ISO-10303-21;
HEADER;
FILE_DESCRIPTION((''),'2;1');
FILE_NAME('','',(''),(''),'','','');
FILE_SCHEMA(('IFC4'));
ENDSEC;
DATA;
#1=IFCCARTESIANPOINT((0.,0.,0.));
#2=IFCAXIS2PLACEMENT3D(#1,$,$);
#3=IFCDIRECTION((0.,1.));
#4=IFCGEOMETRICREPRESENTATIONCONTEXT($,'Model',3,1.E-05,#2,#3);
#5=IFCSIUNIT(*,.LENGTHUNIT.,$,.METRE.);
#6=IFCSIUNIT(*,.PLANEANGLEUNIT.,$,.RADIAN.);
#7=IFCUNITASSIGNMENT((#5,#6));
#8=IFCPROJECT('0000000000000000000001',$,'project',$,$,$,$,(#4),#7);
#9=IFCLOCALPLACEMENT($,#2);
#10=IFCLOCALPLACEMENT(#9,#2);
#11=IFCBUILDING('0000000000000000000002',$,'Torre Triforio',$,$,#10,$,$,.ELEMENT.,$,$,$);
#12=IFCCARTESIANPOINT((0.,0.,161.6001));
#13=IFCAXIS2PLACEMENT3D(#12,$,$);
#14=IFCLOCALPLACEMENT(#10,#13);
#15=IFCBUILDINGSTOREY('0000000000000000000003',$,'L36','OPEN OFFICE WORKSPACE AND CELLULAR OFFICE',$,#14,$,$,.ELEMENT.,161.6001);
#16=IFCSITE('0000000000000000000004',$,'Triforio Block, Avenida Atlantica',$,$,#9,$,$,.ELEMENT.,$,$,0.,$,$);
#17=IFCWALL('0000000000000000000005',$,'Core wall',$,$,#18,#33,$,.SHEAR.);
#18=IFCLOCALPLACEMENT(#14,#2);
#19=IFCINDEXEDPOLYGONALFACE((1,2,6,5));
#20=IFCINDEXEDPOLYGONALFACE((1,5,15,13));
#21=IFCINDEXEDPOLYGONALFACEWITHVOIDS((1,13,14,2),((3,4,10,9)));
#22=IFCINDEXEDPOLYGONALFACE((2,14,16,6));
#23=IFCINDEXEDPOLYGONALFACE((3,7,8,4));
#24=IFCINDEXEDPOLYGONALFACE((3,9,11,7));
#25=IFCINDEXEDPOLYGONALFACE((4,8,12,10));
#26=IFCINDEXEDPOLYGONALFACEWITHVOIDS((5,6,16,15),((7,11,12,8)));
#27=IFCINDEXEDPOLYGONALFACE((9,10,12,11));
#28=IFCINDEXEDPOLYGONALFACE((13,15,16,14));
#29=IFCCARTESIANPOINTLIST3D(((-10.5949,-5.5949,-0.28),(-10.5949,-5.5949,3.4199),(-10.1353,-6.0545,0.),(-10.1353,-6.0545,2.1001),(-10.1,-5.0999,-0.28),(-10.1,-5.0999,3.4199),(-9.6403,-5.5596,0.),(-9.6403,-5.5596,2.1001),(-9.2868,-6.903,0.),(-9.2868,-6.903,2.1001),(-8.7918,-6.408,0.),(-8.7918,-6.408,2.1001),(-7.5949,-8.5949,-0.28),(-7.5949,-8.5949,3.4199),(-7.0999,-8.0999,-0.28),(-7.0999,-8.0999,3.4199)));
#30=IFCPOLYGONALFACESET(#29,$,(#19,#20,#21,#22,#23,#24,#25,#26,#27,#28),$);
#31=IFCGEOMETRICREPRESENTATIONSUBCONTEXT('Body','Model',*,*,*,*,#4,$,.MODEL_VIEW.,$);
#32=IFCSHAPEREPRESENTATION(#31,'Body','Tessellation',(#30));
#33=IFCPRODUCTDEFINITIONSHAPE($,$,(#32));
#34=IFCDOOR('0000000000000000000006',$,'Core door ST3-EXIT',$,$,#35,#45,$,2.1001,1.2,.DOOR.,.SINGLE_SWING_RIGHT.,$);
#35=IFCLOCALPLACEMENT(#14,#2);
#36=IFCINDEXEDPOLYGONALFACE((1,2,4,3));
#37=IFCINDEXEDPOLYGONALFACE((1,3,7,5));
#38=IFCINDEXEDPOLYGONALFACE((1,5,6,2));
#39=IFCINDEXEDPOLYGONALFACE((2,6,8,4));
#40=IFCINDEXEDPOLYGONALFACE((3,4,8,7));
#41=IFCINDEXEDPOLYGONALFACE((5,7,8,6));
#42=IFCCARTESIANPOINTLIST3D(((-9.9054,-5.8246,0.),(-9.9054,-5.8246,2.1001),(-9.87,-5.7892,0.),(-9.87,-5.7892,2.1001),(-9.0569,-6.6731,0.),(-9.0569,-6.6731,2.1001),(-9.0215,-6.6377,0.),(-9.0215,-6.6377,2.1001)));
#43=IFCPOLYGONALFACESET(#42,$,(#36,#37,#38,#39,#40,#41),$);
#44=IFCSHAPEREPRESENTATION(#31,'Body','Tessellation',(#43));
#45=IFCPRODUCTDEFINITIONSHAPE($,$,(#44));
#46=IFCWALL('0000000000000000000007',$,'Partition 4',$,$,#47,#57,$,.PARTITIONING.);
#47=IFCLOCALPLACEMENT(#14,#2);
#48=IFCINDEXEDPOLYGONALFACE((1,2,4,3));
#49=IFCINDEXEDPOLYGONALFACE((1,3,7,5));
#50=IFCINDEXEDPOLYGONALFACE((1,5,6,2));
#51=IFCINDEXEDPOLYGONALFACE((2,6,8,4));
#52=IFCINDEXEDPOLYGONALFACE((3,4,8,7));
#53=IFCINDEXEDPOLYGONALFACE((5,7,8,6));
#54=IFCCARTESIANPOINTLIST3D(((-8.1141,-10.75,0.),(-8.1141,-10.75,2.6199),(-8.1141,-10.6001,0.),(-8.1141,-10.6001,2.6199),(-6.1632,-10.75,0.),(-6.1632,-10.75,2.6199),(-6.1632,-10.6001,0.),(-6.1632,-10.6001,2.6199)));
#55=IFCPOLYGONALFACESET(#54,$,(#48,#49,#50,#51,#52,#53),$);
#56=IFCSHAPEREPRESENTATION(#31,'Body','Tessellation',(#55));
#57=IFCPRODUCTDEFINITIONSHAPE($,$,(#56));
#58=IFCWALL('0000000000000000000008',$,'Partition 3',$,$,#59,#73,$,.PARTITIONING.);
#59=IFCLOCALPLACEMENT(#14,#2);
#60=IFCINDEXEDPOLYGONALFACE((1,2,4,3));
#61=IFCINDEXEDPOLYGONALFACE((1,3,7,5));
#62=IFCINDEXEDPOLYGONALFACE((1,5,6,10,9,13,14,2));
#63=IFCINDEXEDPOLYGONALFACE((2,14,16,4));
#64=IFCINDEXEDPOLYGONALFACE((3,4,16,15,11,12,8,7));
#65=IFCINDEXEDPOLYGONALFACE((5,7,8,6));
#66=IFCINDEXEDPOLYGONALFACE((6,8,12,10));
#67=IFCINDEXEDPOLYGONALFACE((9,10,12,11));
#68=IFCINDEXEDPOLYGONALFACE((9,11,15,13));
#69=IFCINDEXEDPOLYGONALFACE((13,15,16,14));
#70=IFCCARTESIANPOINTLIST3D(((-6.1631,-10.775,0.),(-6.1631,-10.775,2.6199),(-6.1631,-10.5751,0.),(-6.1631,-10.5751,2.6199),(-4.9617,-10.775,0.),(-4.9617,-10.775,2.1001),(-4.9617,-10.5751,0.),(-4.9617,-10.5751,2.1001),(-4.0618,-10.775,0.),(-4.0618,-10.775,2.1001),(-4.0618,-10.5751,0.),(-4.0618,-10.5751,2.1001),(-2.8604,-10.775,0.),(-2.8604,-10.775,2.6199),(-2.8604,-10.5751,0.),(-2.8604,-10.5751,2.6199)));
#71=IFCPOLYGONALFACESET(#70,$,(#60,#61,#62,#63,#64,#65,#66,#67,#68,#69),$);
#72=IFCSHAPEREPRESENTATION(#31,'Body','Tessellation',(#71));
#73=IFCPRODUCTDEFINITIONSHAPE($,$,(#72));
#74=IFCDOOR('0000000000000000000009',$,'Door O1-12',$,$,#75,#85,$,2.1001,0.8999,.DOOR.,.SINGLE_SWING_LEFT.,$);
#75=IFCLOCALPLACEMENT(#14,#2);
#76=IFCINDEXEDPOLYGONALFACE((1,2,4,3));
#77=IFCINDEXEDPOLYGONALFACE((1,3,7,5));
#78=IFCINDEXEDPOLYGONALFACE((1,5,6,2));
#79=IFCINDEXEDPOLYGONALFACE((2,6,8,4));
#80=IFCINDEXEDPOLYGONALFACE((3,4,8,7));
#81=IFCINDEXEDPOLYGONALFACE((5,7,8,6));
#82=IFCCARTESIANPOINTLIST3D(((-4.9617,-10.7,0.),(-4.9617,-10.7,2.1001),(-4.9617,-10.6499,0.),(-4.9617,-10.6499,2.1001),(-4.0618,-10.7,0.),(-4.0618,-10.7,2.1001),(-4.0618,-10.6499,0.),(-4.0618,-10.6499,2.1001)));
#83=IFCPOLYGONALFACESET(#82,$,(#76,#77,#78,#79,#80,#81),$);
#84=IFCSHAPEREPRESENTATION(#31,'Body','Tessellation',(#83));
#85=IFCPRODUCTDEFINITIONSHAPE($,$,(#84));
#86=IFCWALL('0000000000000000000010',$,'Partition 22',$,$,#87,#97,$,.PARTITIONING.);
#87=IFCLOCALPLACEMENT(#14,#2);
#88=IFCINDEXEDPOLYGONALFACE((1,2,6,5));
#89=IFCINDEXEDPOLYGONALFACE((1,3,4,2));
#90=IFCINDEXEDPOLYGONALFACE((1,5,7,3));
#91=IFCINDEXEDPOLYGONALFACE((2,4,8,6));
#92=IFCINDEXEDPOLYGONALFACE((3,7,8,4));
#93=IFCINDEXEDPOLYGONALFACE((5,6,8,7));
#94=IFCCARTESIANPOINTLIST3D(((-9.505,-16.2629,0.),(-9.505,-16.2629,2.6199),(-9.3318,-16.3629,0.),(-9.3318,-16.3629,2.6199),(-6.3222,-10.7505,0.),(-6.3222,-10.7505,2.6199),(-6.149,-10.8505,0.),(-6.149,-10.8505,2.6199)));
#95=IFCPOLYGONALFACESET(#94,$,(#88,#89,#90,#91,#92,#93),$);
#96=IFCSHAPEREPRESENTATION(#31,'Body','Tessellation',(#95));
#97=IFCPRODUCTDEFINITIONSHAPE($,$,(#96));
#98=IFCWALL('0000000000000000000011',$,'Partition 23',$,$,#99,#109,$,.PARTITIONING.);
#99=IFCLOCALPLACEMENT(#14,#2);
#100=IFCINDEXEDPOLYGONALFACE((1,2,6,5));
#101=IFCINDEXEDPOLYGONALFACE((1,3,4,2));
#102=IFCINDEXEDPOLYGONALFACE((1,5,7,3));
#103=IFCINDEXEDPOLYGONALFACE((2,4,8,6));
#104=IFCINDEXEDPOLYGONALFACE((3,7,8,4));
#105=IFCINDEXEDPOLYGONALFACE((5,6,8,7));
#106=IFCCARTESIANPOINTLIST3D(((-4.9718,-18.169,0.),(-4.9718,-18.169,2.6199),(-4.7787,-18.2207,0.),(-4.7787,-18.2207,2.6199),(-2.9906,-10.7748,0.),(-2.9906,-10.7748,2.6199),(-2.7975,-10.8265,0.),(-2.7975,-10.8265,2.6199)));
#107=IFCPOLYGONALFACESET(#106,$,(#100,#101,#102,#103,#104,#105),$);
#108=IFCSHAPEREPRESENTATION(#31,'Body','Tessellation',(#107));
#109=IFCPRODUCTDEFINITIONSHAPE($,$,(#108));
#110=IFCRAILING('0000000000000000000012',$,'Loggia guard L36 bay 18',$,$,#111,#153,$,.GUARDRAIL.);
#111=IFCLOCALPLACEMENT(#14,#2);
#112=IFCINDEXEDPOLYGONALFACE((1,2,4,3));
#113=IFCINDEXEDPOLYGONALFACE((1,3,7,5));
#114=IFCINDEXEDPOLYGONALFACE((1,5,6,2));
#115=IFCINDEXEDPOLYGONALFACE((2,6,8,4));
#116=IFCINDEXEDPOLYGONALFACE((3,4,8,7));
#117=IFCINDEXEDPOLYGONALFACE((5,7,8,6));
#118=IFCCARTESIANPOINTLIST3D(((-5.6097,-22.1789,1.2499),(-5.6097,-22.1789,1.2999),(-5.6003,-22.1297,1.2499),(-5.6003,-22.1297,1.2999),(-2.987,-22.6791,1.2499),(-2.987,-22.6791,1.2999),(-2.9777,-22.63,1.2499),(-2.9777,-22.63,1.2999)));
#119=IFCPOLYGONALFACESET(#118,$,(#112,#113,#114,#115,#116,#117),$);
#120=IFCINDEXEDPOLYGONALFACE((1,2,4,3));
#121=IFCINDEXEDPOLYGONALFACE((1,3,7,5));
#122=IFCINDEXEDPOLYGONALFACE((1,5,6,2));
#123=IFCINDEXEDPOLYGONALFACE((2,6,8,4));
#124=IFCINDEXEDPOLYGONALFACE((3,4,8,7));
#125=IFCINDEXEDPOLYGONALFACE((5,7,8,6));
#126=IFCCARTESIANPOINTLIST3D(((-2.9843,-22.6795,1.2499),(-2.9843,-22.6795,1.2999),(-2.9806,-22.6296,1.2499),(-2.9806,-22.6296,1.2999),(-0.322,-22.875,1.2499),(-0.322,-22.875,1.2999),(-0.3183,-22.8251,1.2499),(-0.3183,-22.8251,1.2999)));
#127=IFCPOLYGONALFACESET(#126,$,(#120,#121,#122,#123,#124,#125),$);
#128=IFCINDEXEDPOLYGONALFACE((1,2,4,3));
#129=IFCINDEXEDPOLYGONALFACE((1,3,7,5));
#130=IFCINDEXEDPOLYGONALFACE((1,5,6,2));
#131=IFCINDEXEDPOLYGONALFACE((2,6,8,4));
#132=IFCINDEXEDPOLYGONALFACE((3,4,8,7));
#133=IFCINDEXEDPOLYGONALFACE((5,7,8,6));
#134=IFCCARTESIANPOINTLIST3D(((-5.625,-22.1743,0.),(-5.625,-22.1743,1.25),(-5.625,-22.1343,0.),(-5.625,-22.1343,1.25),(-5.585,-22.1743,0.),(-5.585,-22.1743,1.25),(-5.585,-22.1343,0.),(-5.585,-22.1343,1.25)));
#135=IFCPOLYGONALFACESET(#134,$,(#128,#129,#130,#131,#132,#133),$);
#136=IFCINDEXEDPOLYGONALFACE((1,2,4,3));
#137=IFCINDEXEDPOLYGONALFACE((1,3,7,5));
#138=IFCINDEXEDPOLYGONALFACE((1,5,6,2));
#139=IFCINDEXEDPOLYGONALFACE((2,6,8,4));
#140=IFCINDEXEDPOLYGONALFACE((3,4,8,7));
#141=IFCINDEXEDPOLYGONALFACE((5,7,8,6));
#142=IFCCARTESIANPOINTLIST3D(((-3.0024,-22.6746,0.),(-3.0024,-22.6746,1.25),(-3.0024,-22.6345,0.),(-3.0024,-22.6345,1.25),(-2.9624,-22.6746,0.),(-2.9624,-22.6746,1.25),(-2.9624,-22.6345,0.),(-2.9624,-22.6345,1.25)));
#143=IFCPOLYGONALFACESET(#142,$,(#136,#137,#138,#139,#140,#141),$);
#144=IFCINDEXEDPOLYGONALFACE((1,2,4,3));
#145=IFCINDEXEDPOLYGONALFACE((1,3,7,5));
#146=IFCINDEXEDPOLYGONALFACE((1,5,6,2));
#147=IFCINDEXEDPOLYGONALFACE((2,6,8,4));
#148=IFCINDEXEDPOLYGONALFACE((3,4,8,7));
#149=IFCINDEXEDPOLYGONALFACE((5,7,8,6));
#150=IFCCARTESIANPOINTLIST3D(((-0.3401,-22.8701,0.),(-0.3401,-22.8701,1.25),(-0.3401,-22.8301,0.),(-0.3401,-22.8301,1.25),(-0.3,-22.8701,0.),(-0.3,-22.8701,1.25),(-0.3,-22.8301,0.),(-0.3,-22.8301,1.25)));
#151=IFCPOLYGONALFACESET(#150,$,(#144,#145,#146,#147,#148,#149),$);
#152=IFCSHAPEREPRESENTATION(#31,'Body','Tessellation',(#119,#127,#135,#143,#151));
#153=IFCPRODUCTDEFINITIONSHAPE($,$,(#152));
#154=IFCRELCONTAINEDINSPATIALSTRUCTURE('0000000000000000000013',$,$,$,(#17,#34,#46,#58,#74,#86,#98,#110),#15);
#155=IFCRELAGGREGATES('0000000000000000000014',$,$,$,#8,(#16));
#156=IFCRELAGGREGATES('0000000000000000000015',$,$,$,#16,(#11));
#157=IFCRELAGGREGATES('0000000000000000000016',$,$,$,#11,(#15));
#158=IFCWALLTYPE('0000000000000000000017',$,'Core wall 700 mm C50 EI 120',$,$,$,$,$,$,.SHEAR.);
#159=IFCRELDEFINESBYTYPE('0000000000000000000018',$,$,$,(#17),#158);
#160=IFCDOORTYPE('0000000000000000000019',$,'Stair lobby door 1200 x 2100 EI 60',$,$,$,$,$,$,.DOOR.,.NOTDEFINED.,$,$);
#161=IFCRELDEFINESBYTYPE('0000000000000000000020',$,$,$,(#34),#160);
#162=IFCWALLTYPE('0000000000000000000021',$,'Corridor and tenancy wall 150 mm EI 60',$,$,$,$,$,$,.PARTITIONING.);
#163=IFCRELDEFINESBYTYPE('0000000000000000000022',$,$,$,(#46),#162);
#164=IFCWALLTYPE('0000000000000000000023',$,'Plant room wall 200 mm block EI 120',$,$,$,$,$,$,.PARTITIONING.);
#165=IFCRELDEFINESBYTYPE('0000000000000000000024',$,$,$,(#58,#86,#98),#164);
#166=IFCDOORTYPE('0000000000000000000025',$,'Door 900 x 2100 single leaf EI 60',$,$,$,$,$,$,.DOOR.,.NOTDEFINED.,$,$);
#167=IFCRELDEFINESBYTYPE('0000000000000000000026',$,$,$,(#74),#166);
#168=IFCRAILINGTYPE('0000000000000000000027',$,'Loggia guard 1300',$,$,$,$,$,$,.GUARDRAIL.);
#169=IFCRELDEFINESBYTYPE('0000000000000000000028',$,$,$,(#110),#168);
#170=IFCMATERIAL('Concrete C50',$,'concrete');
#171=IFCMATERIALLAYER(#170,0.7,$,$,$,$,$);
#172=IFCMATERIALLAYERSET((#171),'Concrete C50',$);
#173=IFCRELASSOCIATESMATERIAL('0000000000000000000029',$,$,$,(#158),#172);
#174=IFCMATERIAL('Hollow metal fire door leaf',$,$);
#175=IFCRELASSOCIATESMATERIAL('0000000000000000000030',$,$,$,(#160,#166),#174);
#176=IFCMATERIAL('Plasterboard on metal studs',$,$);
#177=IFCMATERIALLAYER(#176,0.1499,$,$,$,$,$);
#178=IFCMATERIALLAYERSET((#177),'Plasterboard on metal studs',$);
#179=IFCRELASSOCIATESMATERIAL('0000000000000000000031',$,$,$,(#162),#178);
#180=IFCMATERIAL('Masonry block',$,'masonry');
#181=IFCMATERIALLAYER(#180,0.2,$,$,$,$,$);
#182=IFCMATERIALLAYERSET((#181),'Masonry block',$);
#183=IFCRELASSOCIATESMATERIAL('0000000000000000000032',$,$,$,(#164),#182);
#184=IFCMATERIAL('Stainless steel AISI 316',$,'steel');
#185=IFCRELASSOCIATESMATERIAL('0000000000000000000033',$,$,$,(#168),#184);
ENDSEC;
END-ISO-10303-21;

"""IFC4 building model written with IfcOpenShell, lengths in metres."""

from ifc_helpers import new_model, si_unit, direction, frame, frame_2d, origin, origin_2d, place, context, subcontext, project, spatial, rectangle, extrude, material, layer, layer_set, type_object, element, fill, save


model = new_model("IFC4")

# Units and contexts
model_context = context("Model", 3, precision=1e-05, world=origin(), true_north=direction((0.0, 1.0)))
body_context = subcontext(model_context, "Body", "Model", "MODEL_VIEW")
ifc_project = project(units=[si_unit("LENGTHUNIT", "METRE"), si_unit("PLANEANGLEUNIT", "RADIAN")], contexts=[model_context])

# Site, building, storey
site_placement = place(None, origin())
site = spatial("IfcSite", under=ifc_project, at=site_placement, Name="Triforio Block, Avenida Atlantica", CompositionType="ELEMENT", RefElevation=0.0)
building_placement = place(site_placement, origin())
building = spatial("IfcBuilding", under=site, at=building_placement, Name="Torre Triforio", CompositionType="ELEMENT")
storey_placement = place(building_placement, frame((0.0, 0.0, 161.6001)))
storey = spatial("IfcBuildingStorey", under=building, at=storey_placement, Name="L36", Description="OPEN OFFICE WORKSPACE AND CELLULAR OFFICE", CompositionType="ELEMENT", Elevation=161.6001)

# Shared definitions
ifc_material_1 = material(Name="Concrete C50", Category="concrete")

# Shared definitions
ifc_layer_1 = layer(ifc_material_1, 0.7)
ifc_layer_set_1 = layer_set([ifc_layer_1], Name="Concrete C50")
wall_type_1 = type_object("IfcWallType", Name="Core wall 700 mm C50 EI 120", PredefinedType="SHEAR", material=ifc_layer_set_1)
ifc_material_2 = material(Name="Hollow metal fire door leaf")

# Wall, opening, door
wall_1_placement = place(storey_placement, frame((-7.3474, -8.3474, -0.28), z_axis=(0.0, 0.0, 1.0), x_axis=(-0.707107, 0.707107, 0.0)))
wall_1 = element("IfcWall", 1, at=wall_1_placement, inside=storey, type_object=wall_type_1, Name="Core wall", PredefinedType="SHEAR", context=body_context, shape_type="SweptSolid", body=[
    extrude(rectangle(XDim=4.2427, YDim=0.7, at=frame_2d((2.1213, 0.0))), origin(), (0.0, 0.0, 1.0), 3.7),
])
opening_1_placement = place(wall_1_placement, frame((2.3926, 0.0, 0.28)))
opening_1 = element("IfcOpeningElement", 2, at=opening_1_placement, cuts=wall_1, PredefinedType="OPENING", context=body_context, shape_type="SweptSolid", body=[
    extrude(rectangle(XDim=1.2, YDim=2.1001, at=frame_2d((0.6001, 1.05))), frame((0.0, 0.3599, 0.0), z_axis=(0.0, -1.0, 0.0), x_axis=(1.0, 0.0, 0.0)), (0.0, 0.0, 1.0), 0.72),
])
door_type_1 = type_object("IfcDoorType", Name="Stair lobby door 1200 x 2100 EI 60", OperationType="NOTDEFINED", PredefinedType="DOOR", material=ifc_material_2)
door_1_placement = place(opening_1_placement, origin())
door_1 = element("IfcDoor", 3, at=door_1_placement, inside=storey, type_object=door_type_1, Name="Core door ST3-EXIT", OperationType="SINGLE_SWING_RIGHT", OverallHeight=2.1001, OverallWidth=1.2, PredefinedType="DOOR", context=body_context, shape_type="SweptSolid", body=[
    extrude(rectangle(XDim=1.2, YDim=2.1001, at=frame_2d((0.6001, 1.05))), frame((0.0, 0.0249, 0.0), z_axis=(0.0, -1.0, 0.0), x_axis=(1.0, 0.0, 0.0)), (0.0, 0.0, 1.0), 0.05),
])
fill(opening_1, door_1)

# Wall
ifc_material_3 = material(Name="Plasterboard on metal studs")
ifc_layer_2 = layer(ifc_material_3, 0.1499)
ifc_layer_set_2 = layer_set([ifc_layer_2], Name="Plasterboard on metal studs")
wall_type_2 = type_object("IfcWallType", Name="Corridor and tenancy wall 150 mm EI 60", PredefinedType="PARTITIONING", material=ifc_layer_set_2)
wall_2_placement = place(storey_placement, frame((-6.1631, -10.675, 0.0), z_axis=(0.0, 0.0, 1.0), x_axis=(-1.0, 0.0, 0.0)))
element("IfcWall", 4, at=wall_2_placement, inside=storey, type_object=wall_type_2, Name="Partition 4", PredefinedType="PARTITIONING", context=body_context, shape_type="SweptSolid", body=[
    extrude(rectangle(XDim=1.9509, YDim=0.1499, at=frame_2d((0.9756, 0.0))), origin(), (0.0, 0.0, 1.0), 2.6199),
])

# Wall, opening, door
ifc_material_4 = material(Name="Masonry block", Category="masonry")
ifc_layer_3 = layer(ifc_material_4, 0.2)
ifc_layer_set_3 = layer_set([ifc_layer_3], Name="Masonry block")
wall_type_3 = type_object("IfcWallType", Name="Plant room wall 200 mm block EI 120", PredefinedType="PARTITIONING", material=ifc_layer_set_3)
wall_3_placement = place(storey_placement, frame((-2.8604, -10.675, 0.0), z_axis=(0.0, 0.0, 1.0), x_axis=(-1.0, 0.0, 0.0)))
wall_3 = element("IfcWall", 5, at=wall_3_placement, inside=storey, type_object=wall_type_3, Name="Partition 3", PredefinedType="PARTITIONING", context=body_context, shape_type="SweptSolid", body=[
    extrude(rectangle(XDim=3.3027, YDim=0.2, at=frame_2d((1.6514, 0.0))), origin(), (0.0, 0.0, 1.0), 2.6199),
])
opening_2_placement = place(wall_3_placement, frame((1.2014, 0.0, 0.0)))
opening_2 = element("IfcOpeningElement", 6, at=opening_2_placement, cuts=wall_3, PredefinedType="OPENING", context=body_context, shape_type="SweptSolid", body=[
    extrude(rectangle(XDim=0.8999, YDim=2.1001, at=frame_2d((0.45, 1.05))), frame((0.0, 0.1099, 0.0), z_axis=(0.0, -1.0, 0.0), x_axis=(1.0, 0.0, 0.0)), (0.0, 0.0, 1.0), 0.22),
])
door_type_2 = type_object("IfcDoorType", Name="Door 900 x 2100 single leaf EI 60", OperationType="NOTDEFINED", PredefinedType="DOOR", material=ifc_material_2)
door_2_placement = place(opening_2_placement, origin())
door_2 = element("IfcDoor", 7, at=door_2_placement, inside=storey, type_object=door_type_2, Name="Door O1-12", OperationType="SINGLE_SWING_LEFT", OverallHeight=2.1001, OverallWidth=0.8999, PredefinedType="DOOR", context=body_context, shape_type="SweptSolid", body=[
    extrude(rectangle(XDim=0.8999, YDim=2.1001, at=frame_2d((0.45, 1.05))), frame((0.0, 0.0249, 0.0), z_axis=(0.0, -1.0, 0.0), x_axis=(1.0, 0.0, 0.0)), (0.0, 0.0, 1.0), 0.05),
])
fill(opening_2, door_2)

# Walls
wall_4_placement = place(storey_placement, frame((-6.2356, -10.8005, 0.0), z_axis=(0.0, 0.0, 1.0), x_axis=(-0.500029, -0.866009, 0.0)))
element("IfcWall", 8, at=wall_4_placement, inside=storey, type_object=wall_type_3, Name="Partition 22", PredefinedType="PARTITIONING", context=body_context, shape_type="SweptSolid", body=[
    extrude(rectangle(XDim=6.3652, YDim=0.2, at=frame_2d((3.1826, 0.0))), origin(), (0.0, 0.0, 1.0), 2.6199),
])
wall_5_placement = place(storey_placement, frame((-2.894, -10.8005, 0.0), z_axis=(0.0, 0.0, 1.0), x_axis=(-0.258808, -0.965929, 0.0)))
element("IfcWall", 9, at=wall_5_placement, inside=storey, type_object=wall_type_3, Name="Partition 23", PredefinedType="PARTITIONING", context=body_context, shape_type="SweptSolid", body=[
    extrude(rectangle(XDim=7.655, YDim=0.2, at=frame_2d((3.8276, 0.0))), origin(), (0.0, 0.0, 1.0), 2.6199),
])

# Railing
ifc_material_5 = material(Name="Stainless steel AISI 316", Category="steel")
railing_type = type_object("IfcRailingType", Name="Loggia guard 1300", PredefinedType="GUARDRAIL", material=ifc_material_5)
railing_placement = place(storey_placement, frame((-5.605, -22.1543, 0.0)))
element("IfcRailing", 10, at=railing_placement, inside=storey, type_object=railing_type, Name="Loggia guard L36 bay 18", PredefinedType="GUARDRAIL", context=body_context, shape_type="SweptSolid", body=[
    extrude(rectangle(XDim=0.05, YDim=0.05, at=origin_2d()), frame((0.0, 0.0, 1.2749), z_axis=(0.98229, -0.187368, 0.0), x_axis=(0.187368, 0.98229, 0.0)), (0.0, 0.0, 1.0), 2.6699),
    extrude(rectangle(XDim=0.05, YDim=0.05, at=origin_2d()), frame((2.6226, -0.5002, 1.2749), z_axis=(0.997313, -0.073255, 0.0), x_axis=(0.073255, 0.997313, 0.0)), (0.0, 0.0, 1.0), 2.6694),
    extrude(rectangle(XDim=0.04, YDim=0.04, at=origin_2d()), origin(), (0.0, 0.0, 1.0), 1.25),
    extrude(rectangle(XDim=0.04, YDim=0.04, at=origin_2d()), frame((2.6226, -0.5002, 0.0)), (0.0, 0.0, 1.0), 1.25),
    extrude(rectangle(XDim=0.04, YDim=0.04, at=origin_2d()), frame((5.2849, -0.6958, 0.0)), (0.0, 0.0, 1.0), 1.25),
])

save(model, "model.ifc")
